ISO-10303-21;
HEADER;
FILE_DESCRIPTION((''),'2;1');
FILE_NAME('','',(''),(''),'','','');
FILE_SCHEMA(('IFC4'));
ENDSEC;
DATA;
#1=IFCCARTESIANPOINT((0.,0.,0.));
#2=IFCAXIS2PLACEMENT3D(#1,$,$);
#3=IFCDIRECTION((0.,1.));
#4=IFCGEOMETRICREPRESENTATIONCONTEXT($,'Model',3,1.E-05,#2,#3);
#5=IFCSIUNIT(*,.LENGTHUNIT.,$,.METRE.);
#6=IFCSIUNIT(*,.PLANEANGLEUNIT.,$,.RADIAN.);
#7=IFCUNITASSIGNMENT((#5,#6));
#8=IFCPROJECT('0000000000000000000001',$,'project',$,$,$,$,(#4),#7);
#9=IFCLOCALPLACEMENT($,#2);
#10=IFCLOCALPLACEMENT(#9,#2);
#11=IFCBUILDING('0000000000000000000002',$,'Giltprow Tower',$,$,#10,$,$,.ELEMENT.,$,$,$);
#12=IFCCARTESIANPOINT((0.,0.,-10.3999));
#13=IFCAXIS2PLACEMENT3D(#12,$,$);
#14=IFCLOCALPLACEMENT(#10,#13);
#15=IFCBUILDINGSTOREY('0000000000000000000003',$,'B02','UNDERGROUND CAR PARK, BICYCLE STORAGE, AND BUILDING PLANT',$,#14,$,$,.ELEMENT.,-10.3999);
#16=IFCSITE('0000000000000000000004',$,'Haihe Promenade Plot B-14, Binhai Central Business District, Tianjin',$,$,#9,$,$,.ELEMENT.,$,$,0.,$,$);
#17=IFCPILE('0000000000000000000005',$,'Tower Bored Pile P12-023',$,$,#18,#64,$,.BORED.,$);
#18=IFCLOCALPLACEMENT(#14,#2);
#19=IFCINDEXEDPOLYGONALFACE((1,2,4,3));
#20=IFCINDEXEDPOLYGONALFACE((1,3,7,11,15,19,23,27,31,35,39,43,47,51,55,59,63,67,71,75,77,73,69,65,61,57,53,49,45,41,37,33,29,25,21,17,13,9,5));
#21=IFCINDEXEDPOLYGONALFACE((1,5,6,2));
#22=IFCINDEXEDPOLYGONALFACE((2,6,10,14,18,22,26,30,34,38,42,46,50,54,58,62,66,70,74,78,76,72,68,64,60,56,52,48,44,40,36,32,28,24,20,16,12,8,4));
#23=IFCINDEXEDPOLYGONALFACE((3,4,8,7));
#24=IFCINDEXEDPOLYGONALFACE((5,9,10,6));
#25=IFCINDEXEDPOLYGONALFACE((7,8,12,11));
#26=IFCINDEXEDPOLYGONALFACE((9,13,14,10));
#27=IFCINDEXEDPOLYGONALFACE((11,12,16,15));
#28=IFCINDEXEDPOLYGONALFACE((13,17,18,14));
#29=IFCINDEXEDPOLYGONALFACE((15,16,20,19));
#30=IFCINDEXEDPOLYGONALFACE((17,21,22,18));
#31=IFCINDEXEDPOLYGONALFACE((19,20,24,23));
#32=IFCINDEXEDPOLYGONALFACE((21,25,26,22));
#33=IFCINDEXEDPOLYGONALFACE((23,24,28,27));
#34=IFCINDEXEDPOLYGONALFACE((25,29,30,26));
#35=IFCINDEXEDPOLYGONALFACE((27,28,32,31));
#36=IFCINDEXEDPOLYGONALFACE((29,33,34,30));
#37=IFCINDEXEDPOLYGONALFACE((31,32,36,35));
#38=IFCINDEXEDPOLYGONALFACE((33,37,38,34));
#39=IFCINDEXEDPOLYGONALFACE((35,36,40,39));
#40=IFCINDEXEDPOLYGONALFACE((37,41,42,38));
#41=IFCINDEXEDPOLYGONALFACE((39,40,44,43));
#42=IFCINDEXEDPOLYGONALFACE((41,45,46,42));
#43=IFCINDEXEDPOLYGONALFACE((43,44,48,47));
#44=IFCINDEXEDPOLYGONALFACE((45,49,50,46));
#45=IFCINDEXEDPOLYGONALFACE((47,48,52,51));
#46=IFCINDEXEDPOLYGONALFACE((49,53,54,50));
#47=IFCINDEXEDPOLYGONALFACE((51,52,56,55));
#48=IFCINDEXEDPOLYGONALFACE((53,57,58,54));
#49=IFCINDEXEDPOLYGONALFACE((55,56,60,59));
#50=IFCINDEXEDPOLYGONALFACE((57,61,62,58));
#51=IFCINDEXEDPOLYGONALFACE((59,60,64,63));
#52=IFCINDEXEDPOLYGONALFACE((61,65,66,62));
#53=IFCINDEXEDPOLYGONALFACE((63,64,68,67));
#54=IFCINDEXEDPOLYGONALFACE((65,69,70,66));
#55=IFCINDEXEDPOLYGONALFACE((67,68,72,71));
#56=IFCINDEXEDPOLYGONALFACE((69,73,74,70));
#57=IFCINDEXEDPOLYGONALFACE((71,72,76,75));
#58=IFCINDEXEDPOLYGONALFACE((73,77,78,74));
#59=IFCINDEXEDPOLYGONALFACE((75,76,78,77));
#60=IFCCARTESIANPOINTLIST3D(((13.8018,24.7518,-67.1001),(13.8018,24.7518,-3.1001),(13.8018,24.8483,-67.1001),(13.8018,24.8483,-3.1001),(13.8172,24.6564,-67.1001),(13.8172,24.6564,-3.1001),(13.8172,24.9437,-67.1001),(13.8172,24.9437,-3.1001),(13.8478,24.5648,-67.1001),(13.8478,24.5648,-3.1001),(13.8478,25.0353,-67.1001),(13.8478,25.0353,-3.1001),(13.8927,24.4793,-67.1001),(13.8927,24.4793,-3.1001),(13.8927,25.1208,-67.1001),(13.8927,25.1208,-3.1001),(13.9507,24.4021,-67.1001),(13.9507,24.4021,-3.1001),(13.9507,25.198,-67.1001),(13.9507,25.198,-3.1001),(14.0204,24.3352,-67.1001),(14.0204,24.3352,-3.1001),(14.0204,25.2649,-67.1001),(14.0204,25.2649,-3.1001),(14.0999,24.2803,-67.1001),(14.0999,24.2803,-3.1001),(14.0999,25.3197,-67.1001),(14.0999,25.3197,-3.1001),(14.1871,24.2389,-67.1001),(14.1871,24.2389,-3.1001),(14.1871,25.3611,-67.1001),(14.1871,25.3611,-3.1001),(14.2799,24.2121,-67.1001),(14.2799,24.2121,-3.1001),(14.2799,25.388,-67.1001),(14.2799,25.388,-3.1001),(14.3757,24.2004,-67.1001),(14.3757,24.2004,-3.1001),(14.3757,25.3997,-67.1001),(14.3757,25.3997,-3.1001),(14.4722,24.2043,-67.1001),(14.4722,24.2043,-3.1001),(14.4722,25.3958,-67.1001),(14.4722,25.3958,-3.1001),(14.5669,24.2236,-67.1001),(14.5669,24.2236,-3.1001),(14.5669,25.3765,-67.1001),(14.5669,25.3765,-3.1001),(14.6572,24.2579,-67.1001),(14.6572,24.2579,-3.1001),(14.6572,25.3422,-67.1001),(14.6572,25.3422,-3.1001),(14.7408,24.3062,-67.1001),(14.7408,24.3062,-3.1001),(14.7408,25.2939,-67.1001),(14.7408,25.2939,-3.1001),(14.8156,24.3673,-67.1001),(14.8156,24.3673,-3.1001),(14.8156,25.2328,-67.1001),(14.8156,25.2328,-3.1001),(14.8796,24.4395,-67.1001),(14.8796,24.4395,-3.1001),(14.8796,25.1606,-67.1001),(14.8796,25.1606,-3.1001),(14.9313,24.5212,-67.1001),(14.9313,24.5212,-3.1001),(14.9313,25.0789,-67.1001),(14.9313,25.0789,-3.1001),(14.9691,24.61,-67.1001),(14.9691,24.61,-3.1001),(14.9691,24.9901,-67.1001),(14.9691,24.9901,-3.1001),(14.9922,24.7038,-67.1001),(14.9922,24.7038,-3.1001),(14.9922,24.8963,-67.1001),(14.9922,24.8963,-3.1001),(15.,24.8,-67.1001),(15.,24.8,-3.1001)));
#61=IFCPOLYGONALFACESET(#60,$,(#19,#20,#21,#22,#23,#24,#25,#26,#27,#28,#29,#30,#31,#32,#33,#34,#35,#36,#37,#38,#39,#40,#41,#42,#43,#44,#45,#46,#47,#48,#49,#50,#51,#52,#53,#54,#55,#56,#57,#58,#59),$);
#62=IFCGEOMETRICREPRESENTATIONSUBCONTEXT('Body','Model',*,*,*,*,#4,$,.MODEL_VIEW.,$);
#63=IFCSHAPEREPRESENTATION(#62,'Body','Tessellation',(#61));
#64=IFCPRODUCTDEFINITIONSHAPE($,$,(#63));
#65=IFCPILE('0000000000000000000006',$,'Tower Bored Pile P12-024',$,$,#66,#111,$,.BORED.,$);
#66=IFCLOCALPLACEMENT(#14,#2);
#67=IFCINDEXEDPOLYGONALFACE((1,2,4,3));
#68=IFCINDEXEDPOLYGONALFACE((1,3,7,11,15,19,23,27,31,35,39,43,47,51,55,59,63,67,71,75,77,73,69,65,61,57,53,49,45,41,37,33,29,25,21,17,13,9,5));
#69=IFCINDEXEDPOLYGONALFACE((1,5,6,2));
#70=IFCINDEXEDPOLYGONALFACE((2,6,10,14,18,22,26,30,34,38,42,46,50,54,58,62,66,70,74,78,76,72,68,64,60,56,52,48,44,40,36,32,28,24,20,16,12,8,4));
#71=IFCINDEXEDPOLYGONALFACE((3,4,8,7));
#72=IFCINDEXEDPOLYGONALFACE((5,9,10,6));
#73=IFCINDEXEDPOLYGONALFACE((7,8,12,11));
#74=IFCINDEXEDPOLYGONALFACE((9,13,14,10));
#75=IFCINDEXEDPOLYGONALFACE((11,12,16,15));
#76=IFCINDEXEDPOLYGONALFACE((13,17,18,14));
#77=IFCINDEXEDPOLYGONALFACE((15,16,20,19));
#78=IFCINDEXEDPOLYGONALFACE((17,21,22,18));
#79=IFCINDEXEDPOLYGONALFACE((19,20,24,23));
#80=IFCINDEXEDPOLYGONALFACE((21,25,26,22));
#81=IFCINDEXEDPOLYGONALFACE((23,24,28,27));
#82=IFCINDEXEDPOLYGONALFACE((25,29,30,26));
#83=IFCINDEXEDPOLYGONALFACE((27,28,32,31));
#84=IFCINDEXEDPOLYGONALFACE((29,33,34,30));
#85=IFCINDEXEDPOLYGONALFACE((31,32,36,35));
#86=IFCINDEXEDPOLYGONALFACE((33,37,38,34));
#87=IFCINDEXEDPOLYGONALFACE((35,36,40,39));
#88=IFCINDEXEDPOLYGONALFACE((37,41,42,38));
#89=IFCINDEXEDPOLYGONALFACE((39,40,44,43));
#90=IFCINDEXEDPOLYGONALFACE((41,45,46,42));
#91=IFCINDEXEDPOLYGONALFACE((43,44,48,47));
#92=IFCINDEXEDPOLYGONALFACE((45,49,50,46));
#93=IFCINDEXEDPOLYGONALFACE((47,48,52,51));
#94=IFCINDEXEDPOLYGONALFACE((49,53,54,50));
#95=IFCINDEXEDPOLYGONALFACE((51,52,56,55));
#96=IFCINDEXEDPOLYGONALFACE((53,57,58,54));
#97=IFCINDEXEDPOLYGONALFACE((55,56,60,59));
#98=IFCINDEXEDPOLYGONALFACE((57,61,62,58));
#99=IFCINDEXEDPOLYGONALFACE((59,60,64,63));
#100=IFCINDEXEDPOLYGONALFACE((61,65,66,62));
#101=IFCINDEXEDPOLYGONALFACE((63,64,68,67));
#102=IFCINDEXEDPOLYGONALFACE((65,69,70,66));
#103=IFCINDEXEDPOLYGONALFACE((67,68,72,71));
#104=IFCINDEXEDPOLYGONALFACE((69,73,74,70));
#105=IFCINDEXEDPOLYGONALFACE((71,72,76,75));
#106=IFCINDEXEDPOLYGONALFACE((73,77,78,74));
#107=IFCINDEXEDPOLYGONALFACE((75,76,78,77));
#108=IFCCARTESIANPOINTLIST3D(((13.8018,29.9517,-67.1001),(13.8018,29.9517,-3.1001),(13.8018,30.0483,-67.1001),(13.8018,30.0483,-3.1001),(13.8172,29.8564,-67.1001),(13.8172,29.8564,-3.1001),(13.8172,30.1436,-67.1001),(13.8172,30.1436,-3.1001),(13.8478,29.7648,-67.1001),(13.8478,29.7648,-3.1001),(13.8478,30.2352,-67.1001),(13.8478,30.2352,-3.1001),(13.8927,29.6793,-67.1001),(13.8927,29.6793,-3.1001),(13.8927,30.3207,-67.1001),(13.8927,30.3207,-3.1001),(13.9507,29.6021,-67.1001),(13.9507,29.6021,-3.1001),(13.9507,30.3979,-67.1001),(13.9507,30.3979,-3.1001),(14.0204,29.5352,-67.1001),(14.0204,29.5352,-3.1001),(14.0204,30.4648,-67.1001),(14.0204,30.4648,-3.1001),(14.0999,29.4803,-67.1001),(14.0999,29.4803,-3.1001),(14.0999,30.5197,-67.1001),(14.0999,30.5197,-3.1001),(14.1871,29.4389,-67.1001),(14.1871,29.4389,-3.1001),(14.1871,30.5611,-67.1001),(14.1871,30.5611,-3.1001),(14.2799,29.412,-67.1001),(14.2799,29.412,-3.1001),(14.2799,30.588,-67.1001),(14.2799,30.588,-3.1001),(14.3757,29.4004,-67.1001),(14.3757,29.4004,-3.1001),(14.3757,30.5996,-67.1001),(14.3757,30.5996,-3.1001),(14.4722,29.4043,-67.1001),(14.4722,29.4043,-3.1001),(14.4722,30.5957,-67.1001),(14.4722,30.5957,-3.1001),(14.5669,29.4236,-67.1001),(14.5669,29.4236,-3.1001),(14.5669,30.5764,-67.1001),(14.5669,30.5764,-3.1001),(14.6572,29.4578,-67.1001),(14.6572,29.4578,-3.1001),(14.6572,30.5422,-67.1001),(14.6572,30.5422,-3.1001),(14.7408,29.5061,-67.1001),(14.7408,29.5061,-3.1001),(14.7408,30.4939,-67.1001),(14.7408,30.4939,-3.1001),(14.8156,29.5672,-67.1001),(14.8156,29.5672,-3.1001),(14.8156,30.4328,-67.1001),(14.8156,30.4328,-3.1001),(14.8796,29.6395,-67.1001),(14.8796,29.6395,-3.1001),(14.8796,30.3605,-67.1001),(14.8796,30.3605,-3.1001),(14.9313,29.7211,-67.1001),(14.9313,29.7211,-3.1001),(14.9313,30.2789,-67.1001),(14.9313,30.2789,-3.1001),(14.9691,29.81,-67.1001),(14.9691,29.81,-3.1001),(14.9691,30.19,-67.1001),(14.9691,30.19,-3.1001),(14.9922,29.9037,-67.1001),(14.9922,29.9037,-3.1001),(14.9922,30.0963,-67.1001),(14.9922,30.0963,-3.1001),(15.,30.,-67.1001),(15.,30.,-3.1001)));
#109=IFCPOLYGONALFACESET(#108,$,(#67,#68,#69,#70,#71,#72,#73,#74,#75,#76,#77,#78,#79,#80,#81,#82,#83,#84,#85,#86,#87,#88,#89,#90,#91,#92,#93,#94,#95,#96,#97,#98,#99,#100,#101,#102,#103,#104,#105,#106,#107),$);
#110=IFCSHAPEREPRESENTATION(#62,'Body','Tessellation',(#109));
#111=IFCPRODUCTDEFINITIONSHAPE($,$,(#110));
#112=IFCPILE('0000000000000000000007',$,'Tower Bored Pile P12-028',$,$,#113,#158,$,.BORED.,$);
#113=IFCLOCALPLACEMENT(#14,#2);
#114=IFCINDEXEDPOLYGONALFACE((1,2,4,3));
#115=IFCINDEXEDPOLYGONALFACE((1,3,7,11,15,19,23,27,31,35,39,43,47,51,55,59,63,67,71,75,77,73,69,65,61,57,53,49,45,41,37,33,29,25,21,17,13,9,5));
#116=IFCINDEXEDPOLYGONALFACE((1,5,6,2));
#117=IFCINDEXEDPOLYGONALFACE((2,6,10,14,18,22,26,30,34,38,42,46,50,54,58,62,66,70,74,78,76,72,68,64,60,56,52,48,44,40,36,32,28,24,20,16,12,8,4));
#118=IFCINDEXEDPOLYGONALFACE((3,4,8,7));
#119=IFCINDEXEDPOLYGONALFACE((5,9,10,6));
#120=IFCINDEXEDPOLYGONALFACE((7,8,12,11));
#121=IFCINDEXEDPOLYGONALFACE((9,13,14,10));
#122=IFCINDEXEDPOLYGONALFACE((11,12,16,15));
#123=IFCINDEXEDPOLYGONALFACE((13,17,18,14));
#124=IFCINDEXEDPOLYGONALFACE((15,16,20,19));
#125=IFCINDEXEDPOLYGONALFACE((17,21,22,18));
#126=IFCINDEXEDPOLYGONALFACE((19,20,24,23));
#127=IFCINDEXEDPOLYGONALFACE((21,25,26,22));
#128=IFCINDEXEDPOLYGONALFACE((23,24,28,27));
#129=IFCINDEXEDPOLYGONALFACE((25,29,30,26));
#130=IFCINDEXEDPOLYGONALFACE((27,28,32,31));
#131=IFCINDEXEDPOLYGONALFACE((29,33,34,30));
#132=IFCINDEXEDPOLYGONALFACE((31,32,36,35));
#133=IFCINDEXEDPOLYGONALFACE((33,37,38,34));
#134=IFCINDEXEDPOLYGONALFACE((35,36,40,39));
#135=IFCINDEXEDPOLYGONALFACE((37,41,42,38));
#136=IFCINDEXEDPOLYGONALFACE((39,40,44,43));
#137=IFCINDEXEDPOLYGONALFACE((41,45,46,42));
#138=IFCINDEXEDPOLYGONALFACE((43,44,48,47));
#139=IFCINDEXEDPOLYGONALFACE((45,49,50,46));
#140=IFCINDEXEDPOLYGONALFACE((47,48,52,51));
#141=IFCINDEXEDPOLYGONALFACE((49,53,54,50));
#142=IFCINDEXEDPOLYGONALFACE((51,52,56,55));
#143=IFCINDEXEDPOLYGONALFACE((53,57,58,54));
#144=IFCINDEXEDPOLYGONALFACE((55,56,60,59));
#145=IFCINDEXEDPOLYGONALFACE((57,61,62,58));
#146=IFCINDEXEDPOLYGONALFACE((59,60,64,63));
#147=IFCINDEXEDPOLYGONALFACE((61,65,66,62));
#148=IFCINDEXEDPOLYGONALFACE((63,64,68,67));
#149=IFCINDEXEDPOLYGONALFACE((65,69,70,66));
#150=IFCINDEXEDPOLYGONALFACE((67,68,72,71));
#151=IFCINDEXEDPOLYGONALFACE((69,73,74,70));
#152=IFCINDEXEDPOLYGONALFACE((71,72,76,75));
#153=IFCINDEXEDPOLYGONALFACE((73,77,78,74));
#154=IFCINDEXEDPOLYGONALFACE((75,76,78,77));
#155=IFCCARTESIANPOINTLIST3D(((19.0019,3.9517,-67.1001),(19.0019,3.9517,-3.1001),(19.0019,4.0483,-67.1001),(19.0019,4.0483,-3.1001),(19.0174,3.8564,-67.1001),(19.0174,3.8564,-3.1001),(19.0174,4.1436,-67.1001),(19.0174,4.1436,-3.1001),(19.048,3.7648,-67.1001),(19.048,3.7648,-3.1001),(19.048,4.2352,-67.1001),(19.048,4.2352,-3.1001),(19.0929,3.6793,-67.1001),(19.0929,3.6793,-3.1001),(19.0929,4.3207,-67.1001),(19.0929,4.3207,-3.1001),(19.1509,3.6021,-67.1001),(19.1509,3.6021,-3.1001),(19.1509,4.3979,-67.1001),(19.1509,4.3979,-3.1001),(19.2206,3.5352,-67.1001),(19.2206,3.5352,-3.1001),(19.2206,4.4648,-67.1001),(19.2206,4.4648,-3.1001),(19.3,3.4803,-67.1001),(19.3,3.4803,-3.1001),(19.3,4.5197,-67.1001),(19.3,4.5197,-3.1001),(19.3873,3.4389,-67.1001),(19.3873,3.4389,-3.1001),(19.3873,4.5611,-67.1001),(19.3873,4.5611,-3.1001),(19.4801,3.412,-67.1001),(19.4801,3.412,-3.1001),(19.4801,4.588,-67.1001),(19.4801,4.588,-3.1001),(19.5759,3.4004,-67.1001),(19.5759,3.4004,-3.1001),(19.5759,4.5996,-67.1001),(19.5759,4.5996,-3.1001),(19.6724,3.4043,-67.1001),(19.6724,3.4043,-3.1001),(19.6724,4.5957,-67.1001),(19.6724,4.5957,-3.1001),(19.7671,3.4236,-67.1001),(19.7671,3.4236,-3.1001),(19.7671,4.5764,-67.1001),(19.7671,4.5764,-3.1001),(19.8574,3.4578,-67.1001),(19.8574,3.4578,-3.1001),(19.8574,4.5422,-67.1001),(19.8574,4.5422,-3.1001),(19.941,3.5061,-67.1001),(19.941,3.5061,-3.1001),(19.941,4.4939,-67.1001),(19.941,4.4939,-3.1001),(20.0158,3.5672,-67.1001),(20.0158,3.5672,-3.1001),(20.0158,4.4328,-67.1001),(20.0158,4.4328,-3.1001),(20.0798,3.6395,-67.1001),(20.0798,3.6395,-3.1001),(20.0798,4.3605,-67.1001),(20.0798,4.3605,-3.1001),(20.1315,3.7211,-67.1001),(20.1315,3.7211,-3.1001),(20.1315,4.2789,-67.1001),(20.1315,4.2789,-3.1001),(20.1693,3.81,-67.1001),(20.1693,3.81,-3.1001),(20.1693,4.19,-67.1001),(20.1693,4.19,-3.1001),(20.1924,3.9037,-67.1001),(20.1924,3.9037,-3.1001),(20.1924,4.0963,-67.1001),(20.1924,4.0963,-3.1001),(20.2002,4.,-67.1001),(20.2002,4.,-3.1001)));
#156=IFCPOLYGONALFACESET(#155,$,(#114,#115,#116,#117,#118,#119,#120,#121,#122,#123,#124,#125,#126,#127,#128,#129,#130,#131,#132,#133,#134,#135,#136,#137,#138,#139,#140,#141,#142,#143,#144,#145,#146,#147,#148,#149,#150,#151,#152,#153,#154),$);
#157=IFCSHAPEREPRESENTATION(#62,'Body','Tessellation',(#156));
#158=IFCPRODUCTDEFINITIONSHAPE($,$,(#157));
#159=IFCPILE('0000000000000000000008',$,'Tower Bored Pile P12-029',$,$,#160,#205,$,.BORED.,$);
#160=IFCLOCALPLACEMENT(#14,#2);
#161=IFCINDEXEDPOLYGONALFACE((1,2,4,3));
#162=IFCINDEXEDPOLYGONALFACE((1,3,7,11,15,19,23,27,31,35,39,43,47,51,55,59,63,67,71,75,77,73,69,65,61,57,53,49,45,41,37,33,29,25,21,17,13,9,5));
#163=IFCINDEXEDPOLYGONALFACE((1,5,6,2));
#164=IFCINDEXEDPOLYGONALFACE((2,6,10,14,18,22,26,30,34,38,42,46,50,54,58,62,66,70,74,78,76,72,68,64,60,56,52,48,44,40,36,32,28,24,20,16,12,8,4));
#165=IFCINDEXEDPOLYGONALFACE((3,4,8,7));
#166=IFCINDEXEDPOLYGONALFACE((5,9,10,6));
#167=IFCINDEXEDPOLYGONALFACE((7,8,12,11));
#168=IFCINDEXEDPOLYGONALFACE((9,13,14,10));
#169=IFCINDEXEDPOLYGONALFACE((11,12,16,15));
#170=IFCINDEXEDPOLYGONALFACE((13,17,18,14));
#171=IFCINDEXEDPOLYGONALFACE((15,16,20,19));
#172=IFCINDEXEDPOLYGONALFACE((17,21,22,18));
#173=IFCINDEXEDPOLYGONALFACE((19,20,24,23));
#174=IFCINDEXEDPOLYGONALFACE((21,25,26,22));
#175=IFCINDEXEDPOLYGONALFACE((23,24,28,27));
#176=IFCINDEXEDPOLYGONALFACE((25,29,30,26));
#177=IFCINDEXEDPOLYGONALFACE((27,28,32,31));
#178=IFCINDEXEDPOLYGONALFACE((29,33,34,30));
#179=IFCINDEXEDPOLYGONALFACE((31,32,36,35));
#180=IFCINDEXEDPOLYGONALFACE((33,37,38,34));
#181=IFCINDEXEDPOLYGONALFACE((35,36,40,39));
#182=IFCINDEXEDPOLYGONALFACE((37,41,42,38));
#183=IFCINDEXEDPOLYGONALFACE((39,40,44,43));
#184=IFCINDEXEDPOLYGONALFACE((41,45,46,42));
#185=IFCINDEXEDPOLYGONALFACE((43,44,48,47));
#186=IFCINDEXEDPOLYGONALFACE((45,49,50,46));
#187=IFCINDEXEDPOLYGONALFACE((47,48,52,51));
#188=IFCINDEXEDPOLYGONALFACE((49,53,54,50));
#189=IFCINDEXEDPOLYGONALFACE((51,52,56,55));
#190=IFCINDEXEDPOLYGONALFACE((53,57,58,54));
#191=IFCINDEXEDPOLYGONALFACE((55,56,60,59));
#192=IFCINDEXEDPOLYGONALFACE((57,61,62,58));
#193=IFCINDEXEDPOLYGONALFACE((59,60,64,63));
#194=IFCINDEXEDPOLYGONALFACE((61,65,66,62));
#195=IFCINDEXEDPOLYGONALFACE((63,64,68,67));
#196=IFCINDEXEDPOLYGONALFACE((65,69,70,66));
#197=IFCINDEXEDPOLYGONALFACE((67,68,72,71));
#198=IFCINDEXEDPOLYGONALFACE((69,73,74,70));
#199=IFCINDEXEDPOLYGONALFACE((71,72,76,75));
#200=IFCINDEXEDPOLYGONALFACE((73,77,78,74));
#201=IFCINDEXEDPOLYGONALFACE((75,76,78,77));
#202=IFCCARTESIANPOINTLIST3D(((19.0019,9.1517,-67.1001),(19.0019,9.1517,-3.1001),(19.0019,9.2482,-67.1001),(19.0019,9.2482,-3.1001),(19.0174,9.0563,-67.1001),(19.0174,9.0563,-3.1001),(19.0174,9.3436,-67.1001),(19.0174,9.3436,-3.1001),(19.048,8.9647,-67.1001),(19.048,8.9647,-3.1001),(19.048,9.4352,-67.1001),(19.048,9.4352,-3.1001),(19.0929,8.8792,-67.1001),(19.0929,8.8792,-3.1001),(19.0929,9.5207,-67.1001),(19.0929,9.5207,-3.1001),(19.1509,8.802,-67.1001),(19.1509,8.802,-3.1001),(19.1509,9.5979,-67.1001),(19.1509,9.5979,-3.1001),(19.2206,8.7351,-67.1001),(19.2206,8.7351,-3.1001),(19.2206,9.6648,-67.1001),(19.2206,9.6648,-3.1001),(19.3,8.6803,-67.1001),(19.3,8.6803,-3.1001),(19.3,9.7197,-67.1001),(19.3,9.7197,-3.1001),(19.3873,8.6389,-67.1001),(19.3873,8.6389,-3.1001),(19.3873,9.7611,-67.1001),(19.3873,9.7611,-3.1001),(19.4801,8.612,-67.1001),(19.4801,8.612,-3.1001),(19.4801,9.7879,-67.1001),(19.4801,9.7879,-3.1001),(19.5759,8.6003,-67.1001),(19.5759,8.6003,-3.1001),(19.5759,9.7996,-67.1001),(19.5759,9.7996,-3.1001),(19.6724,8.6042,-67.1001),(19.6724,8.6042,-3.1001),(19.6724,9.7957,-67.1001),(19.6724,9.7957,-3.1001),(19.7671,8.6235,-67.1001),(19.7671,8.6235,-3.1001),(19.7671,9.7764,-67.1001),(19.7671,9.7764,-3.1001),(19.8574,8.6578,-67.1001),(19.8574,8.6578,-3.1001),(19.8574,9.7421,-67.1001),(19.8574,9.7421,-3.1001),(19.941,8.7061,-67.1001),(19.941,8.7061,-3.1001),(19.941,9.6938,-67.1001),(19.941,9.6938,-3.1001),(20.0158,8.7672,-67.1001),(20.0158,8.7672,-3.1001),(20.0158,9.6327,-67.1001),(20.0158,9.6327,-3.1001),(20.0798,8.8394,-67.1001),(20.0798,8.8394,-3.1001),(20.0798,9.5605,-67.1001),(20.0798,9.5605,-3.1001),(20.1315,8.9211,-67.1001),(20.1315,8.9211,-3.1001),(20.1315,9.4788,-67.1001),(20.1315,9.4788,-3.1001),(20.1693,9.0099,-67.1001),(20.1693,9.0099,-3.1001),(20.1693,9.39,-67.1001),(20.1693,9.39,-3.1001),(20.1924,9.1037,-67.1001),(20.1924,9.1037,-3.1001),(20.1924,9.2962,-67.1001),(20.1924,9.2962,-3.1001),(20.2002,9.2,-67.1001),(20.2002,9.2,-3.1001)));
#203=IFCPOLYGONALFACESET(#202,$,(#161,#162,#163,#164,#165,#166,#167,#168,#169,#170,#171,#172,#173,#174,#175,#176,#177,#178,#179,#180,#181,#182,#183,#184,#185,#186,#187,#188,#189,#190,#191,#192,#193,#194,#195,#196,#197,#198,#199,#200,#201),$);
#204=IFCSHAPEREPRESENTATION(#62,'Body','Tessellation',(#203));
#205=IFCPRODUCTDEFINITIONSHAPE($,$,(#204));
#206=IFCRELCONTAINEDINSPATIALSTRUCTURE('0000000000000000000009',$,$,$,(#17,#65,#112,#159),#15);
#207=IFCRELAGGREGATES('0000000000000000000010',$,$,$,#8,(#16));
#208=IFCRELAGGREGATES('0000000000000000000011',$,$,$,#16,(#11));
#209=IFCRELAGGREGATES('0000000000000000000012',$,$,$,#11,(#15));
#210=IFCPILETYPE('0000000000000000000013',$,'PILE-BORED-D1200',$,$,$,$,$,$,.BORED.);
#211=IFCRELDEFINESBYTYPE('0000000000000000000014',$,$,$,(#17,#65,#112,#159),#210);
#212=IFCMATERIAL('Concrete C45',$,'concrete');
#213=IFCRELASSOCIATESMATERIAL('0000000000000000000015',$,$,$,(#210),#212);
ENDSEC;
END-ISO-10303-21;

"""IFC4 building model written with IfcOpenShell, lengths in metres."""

from ifc_helpers import new_model, si_unit, direction, frame, origin, origin_2d, place, context, subcontext, project, spatial, circle, extrude, source, transform, mapped, material, material_profile, profile_set, type_object, element, save


model = new_model("IFC4")

# Units and contexts
model_context = context("Model", 3, precision=1e-05, world=origin(), true_north=direction((0.0, 1.0)))
body_context = subcontext(model_context, "Body", "Model", "MODEL_VIEW")
ifc_project = project(units=[si_unit("LENGTHUNIT", "METRE"), si_unit("PLANEANGLEUNIT", "RADIAN")], contexts=[model_context])

# Site, building, storey
site_placement = place(None, origin())
site = spatial("IfcSite", under=ifc_project, at=site_placement, Name="Haihe Promenade Plot B-14, Binhai Central Business District, Tianjin", CompositionType="ELEMENT", RefElevation=0.0)
building_placement = place(site_placement, origin())
building = spatial("IfcBuilding", under=site, at=building_placement, Name="Giltprow Tower", CompositionType="ELEMENT")
storey_placement = place(building_placement, frame((0.0, 0.0, -10.3999)))
storey = spatial("IfcBuildingStorey", under=building, at=storey_placement, Name="B02", Description="UNDERGROUND CAR PARK, BICYCLE STORAGE, AND BUILDING PLANT", CompositionType="ELEMENT", Elevation=-10.3999)

# Piles
ifc_material_1 = material(Name="Concrete C45", Category="concrete")
ifc_material_profile_1 = material_profile(ifc_material_1, circle(Radius=0.6001, at=origin_2d()), Name="PILE D1200")
ifc_profile_set_1 = profile_set([ifc_material_profile_1], Name="Concrete C45")
pile_type = type_object("IfcPileType", Name="PILE-BORED-D1200", PredefinedType="BORED", material=ifc_profile_set_1)
shared_shape_1 = source(origin(), body_context, "Body", "SweptSolid", [
    extrude(circle(Radius=0.6001, at=origin_2d()), origin(), (0.0, 0.0, 1.0), 64.0),
])
for number, where, z_axis, x_axis, name in (
    (1, (14.3999, 24.8, -3.1001), (0.0, 0.0, -1.0), (1.0, 0.0, 0.0), "Tower Bored Pile P12-023"),
    (2, (14.3999, 30.0, -3.1001), (0.0, 0.0, -1.0), (1.0, 0.0, 0.0), "Tower Bored Pile P12-024"),
    (3, (19.6001, 4.0, -3.1001), (0.0, 0.0, -1.0), (1.0, 0.0, 0.0), "Tower Bored Pile P12-028"),
    (4, (19.6001, 9.2, -3.1001), (0.0, 0.0, -1.0), (1.0, 0.0, 0.0), "Tower Bored Pile P12-029"),
):
    element("IfcPile", number, at=place(storey_placement, frame(where, z_axis=z_axis, x_axis=x_axis)), inside=storey, type_object=pile_type, Name=name, PredefinedType="BORED", context=body_context, shape_type="MappedRepresentation", body=[
        mapped(shared_shape_1, transform((0.0, 0.0, 0.0), x_axis=(1.0, 0.0, 0.0), y_axis=(0.0, 1.0, 0.0), z_axis=(0.0, 0.0, 1.0), scale=1.0)),
    ])

save(model, "model.ifc")
